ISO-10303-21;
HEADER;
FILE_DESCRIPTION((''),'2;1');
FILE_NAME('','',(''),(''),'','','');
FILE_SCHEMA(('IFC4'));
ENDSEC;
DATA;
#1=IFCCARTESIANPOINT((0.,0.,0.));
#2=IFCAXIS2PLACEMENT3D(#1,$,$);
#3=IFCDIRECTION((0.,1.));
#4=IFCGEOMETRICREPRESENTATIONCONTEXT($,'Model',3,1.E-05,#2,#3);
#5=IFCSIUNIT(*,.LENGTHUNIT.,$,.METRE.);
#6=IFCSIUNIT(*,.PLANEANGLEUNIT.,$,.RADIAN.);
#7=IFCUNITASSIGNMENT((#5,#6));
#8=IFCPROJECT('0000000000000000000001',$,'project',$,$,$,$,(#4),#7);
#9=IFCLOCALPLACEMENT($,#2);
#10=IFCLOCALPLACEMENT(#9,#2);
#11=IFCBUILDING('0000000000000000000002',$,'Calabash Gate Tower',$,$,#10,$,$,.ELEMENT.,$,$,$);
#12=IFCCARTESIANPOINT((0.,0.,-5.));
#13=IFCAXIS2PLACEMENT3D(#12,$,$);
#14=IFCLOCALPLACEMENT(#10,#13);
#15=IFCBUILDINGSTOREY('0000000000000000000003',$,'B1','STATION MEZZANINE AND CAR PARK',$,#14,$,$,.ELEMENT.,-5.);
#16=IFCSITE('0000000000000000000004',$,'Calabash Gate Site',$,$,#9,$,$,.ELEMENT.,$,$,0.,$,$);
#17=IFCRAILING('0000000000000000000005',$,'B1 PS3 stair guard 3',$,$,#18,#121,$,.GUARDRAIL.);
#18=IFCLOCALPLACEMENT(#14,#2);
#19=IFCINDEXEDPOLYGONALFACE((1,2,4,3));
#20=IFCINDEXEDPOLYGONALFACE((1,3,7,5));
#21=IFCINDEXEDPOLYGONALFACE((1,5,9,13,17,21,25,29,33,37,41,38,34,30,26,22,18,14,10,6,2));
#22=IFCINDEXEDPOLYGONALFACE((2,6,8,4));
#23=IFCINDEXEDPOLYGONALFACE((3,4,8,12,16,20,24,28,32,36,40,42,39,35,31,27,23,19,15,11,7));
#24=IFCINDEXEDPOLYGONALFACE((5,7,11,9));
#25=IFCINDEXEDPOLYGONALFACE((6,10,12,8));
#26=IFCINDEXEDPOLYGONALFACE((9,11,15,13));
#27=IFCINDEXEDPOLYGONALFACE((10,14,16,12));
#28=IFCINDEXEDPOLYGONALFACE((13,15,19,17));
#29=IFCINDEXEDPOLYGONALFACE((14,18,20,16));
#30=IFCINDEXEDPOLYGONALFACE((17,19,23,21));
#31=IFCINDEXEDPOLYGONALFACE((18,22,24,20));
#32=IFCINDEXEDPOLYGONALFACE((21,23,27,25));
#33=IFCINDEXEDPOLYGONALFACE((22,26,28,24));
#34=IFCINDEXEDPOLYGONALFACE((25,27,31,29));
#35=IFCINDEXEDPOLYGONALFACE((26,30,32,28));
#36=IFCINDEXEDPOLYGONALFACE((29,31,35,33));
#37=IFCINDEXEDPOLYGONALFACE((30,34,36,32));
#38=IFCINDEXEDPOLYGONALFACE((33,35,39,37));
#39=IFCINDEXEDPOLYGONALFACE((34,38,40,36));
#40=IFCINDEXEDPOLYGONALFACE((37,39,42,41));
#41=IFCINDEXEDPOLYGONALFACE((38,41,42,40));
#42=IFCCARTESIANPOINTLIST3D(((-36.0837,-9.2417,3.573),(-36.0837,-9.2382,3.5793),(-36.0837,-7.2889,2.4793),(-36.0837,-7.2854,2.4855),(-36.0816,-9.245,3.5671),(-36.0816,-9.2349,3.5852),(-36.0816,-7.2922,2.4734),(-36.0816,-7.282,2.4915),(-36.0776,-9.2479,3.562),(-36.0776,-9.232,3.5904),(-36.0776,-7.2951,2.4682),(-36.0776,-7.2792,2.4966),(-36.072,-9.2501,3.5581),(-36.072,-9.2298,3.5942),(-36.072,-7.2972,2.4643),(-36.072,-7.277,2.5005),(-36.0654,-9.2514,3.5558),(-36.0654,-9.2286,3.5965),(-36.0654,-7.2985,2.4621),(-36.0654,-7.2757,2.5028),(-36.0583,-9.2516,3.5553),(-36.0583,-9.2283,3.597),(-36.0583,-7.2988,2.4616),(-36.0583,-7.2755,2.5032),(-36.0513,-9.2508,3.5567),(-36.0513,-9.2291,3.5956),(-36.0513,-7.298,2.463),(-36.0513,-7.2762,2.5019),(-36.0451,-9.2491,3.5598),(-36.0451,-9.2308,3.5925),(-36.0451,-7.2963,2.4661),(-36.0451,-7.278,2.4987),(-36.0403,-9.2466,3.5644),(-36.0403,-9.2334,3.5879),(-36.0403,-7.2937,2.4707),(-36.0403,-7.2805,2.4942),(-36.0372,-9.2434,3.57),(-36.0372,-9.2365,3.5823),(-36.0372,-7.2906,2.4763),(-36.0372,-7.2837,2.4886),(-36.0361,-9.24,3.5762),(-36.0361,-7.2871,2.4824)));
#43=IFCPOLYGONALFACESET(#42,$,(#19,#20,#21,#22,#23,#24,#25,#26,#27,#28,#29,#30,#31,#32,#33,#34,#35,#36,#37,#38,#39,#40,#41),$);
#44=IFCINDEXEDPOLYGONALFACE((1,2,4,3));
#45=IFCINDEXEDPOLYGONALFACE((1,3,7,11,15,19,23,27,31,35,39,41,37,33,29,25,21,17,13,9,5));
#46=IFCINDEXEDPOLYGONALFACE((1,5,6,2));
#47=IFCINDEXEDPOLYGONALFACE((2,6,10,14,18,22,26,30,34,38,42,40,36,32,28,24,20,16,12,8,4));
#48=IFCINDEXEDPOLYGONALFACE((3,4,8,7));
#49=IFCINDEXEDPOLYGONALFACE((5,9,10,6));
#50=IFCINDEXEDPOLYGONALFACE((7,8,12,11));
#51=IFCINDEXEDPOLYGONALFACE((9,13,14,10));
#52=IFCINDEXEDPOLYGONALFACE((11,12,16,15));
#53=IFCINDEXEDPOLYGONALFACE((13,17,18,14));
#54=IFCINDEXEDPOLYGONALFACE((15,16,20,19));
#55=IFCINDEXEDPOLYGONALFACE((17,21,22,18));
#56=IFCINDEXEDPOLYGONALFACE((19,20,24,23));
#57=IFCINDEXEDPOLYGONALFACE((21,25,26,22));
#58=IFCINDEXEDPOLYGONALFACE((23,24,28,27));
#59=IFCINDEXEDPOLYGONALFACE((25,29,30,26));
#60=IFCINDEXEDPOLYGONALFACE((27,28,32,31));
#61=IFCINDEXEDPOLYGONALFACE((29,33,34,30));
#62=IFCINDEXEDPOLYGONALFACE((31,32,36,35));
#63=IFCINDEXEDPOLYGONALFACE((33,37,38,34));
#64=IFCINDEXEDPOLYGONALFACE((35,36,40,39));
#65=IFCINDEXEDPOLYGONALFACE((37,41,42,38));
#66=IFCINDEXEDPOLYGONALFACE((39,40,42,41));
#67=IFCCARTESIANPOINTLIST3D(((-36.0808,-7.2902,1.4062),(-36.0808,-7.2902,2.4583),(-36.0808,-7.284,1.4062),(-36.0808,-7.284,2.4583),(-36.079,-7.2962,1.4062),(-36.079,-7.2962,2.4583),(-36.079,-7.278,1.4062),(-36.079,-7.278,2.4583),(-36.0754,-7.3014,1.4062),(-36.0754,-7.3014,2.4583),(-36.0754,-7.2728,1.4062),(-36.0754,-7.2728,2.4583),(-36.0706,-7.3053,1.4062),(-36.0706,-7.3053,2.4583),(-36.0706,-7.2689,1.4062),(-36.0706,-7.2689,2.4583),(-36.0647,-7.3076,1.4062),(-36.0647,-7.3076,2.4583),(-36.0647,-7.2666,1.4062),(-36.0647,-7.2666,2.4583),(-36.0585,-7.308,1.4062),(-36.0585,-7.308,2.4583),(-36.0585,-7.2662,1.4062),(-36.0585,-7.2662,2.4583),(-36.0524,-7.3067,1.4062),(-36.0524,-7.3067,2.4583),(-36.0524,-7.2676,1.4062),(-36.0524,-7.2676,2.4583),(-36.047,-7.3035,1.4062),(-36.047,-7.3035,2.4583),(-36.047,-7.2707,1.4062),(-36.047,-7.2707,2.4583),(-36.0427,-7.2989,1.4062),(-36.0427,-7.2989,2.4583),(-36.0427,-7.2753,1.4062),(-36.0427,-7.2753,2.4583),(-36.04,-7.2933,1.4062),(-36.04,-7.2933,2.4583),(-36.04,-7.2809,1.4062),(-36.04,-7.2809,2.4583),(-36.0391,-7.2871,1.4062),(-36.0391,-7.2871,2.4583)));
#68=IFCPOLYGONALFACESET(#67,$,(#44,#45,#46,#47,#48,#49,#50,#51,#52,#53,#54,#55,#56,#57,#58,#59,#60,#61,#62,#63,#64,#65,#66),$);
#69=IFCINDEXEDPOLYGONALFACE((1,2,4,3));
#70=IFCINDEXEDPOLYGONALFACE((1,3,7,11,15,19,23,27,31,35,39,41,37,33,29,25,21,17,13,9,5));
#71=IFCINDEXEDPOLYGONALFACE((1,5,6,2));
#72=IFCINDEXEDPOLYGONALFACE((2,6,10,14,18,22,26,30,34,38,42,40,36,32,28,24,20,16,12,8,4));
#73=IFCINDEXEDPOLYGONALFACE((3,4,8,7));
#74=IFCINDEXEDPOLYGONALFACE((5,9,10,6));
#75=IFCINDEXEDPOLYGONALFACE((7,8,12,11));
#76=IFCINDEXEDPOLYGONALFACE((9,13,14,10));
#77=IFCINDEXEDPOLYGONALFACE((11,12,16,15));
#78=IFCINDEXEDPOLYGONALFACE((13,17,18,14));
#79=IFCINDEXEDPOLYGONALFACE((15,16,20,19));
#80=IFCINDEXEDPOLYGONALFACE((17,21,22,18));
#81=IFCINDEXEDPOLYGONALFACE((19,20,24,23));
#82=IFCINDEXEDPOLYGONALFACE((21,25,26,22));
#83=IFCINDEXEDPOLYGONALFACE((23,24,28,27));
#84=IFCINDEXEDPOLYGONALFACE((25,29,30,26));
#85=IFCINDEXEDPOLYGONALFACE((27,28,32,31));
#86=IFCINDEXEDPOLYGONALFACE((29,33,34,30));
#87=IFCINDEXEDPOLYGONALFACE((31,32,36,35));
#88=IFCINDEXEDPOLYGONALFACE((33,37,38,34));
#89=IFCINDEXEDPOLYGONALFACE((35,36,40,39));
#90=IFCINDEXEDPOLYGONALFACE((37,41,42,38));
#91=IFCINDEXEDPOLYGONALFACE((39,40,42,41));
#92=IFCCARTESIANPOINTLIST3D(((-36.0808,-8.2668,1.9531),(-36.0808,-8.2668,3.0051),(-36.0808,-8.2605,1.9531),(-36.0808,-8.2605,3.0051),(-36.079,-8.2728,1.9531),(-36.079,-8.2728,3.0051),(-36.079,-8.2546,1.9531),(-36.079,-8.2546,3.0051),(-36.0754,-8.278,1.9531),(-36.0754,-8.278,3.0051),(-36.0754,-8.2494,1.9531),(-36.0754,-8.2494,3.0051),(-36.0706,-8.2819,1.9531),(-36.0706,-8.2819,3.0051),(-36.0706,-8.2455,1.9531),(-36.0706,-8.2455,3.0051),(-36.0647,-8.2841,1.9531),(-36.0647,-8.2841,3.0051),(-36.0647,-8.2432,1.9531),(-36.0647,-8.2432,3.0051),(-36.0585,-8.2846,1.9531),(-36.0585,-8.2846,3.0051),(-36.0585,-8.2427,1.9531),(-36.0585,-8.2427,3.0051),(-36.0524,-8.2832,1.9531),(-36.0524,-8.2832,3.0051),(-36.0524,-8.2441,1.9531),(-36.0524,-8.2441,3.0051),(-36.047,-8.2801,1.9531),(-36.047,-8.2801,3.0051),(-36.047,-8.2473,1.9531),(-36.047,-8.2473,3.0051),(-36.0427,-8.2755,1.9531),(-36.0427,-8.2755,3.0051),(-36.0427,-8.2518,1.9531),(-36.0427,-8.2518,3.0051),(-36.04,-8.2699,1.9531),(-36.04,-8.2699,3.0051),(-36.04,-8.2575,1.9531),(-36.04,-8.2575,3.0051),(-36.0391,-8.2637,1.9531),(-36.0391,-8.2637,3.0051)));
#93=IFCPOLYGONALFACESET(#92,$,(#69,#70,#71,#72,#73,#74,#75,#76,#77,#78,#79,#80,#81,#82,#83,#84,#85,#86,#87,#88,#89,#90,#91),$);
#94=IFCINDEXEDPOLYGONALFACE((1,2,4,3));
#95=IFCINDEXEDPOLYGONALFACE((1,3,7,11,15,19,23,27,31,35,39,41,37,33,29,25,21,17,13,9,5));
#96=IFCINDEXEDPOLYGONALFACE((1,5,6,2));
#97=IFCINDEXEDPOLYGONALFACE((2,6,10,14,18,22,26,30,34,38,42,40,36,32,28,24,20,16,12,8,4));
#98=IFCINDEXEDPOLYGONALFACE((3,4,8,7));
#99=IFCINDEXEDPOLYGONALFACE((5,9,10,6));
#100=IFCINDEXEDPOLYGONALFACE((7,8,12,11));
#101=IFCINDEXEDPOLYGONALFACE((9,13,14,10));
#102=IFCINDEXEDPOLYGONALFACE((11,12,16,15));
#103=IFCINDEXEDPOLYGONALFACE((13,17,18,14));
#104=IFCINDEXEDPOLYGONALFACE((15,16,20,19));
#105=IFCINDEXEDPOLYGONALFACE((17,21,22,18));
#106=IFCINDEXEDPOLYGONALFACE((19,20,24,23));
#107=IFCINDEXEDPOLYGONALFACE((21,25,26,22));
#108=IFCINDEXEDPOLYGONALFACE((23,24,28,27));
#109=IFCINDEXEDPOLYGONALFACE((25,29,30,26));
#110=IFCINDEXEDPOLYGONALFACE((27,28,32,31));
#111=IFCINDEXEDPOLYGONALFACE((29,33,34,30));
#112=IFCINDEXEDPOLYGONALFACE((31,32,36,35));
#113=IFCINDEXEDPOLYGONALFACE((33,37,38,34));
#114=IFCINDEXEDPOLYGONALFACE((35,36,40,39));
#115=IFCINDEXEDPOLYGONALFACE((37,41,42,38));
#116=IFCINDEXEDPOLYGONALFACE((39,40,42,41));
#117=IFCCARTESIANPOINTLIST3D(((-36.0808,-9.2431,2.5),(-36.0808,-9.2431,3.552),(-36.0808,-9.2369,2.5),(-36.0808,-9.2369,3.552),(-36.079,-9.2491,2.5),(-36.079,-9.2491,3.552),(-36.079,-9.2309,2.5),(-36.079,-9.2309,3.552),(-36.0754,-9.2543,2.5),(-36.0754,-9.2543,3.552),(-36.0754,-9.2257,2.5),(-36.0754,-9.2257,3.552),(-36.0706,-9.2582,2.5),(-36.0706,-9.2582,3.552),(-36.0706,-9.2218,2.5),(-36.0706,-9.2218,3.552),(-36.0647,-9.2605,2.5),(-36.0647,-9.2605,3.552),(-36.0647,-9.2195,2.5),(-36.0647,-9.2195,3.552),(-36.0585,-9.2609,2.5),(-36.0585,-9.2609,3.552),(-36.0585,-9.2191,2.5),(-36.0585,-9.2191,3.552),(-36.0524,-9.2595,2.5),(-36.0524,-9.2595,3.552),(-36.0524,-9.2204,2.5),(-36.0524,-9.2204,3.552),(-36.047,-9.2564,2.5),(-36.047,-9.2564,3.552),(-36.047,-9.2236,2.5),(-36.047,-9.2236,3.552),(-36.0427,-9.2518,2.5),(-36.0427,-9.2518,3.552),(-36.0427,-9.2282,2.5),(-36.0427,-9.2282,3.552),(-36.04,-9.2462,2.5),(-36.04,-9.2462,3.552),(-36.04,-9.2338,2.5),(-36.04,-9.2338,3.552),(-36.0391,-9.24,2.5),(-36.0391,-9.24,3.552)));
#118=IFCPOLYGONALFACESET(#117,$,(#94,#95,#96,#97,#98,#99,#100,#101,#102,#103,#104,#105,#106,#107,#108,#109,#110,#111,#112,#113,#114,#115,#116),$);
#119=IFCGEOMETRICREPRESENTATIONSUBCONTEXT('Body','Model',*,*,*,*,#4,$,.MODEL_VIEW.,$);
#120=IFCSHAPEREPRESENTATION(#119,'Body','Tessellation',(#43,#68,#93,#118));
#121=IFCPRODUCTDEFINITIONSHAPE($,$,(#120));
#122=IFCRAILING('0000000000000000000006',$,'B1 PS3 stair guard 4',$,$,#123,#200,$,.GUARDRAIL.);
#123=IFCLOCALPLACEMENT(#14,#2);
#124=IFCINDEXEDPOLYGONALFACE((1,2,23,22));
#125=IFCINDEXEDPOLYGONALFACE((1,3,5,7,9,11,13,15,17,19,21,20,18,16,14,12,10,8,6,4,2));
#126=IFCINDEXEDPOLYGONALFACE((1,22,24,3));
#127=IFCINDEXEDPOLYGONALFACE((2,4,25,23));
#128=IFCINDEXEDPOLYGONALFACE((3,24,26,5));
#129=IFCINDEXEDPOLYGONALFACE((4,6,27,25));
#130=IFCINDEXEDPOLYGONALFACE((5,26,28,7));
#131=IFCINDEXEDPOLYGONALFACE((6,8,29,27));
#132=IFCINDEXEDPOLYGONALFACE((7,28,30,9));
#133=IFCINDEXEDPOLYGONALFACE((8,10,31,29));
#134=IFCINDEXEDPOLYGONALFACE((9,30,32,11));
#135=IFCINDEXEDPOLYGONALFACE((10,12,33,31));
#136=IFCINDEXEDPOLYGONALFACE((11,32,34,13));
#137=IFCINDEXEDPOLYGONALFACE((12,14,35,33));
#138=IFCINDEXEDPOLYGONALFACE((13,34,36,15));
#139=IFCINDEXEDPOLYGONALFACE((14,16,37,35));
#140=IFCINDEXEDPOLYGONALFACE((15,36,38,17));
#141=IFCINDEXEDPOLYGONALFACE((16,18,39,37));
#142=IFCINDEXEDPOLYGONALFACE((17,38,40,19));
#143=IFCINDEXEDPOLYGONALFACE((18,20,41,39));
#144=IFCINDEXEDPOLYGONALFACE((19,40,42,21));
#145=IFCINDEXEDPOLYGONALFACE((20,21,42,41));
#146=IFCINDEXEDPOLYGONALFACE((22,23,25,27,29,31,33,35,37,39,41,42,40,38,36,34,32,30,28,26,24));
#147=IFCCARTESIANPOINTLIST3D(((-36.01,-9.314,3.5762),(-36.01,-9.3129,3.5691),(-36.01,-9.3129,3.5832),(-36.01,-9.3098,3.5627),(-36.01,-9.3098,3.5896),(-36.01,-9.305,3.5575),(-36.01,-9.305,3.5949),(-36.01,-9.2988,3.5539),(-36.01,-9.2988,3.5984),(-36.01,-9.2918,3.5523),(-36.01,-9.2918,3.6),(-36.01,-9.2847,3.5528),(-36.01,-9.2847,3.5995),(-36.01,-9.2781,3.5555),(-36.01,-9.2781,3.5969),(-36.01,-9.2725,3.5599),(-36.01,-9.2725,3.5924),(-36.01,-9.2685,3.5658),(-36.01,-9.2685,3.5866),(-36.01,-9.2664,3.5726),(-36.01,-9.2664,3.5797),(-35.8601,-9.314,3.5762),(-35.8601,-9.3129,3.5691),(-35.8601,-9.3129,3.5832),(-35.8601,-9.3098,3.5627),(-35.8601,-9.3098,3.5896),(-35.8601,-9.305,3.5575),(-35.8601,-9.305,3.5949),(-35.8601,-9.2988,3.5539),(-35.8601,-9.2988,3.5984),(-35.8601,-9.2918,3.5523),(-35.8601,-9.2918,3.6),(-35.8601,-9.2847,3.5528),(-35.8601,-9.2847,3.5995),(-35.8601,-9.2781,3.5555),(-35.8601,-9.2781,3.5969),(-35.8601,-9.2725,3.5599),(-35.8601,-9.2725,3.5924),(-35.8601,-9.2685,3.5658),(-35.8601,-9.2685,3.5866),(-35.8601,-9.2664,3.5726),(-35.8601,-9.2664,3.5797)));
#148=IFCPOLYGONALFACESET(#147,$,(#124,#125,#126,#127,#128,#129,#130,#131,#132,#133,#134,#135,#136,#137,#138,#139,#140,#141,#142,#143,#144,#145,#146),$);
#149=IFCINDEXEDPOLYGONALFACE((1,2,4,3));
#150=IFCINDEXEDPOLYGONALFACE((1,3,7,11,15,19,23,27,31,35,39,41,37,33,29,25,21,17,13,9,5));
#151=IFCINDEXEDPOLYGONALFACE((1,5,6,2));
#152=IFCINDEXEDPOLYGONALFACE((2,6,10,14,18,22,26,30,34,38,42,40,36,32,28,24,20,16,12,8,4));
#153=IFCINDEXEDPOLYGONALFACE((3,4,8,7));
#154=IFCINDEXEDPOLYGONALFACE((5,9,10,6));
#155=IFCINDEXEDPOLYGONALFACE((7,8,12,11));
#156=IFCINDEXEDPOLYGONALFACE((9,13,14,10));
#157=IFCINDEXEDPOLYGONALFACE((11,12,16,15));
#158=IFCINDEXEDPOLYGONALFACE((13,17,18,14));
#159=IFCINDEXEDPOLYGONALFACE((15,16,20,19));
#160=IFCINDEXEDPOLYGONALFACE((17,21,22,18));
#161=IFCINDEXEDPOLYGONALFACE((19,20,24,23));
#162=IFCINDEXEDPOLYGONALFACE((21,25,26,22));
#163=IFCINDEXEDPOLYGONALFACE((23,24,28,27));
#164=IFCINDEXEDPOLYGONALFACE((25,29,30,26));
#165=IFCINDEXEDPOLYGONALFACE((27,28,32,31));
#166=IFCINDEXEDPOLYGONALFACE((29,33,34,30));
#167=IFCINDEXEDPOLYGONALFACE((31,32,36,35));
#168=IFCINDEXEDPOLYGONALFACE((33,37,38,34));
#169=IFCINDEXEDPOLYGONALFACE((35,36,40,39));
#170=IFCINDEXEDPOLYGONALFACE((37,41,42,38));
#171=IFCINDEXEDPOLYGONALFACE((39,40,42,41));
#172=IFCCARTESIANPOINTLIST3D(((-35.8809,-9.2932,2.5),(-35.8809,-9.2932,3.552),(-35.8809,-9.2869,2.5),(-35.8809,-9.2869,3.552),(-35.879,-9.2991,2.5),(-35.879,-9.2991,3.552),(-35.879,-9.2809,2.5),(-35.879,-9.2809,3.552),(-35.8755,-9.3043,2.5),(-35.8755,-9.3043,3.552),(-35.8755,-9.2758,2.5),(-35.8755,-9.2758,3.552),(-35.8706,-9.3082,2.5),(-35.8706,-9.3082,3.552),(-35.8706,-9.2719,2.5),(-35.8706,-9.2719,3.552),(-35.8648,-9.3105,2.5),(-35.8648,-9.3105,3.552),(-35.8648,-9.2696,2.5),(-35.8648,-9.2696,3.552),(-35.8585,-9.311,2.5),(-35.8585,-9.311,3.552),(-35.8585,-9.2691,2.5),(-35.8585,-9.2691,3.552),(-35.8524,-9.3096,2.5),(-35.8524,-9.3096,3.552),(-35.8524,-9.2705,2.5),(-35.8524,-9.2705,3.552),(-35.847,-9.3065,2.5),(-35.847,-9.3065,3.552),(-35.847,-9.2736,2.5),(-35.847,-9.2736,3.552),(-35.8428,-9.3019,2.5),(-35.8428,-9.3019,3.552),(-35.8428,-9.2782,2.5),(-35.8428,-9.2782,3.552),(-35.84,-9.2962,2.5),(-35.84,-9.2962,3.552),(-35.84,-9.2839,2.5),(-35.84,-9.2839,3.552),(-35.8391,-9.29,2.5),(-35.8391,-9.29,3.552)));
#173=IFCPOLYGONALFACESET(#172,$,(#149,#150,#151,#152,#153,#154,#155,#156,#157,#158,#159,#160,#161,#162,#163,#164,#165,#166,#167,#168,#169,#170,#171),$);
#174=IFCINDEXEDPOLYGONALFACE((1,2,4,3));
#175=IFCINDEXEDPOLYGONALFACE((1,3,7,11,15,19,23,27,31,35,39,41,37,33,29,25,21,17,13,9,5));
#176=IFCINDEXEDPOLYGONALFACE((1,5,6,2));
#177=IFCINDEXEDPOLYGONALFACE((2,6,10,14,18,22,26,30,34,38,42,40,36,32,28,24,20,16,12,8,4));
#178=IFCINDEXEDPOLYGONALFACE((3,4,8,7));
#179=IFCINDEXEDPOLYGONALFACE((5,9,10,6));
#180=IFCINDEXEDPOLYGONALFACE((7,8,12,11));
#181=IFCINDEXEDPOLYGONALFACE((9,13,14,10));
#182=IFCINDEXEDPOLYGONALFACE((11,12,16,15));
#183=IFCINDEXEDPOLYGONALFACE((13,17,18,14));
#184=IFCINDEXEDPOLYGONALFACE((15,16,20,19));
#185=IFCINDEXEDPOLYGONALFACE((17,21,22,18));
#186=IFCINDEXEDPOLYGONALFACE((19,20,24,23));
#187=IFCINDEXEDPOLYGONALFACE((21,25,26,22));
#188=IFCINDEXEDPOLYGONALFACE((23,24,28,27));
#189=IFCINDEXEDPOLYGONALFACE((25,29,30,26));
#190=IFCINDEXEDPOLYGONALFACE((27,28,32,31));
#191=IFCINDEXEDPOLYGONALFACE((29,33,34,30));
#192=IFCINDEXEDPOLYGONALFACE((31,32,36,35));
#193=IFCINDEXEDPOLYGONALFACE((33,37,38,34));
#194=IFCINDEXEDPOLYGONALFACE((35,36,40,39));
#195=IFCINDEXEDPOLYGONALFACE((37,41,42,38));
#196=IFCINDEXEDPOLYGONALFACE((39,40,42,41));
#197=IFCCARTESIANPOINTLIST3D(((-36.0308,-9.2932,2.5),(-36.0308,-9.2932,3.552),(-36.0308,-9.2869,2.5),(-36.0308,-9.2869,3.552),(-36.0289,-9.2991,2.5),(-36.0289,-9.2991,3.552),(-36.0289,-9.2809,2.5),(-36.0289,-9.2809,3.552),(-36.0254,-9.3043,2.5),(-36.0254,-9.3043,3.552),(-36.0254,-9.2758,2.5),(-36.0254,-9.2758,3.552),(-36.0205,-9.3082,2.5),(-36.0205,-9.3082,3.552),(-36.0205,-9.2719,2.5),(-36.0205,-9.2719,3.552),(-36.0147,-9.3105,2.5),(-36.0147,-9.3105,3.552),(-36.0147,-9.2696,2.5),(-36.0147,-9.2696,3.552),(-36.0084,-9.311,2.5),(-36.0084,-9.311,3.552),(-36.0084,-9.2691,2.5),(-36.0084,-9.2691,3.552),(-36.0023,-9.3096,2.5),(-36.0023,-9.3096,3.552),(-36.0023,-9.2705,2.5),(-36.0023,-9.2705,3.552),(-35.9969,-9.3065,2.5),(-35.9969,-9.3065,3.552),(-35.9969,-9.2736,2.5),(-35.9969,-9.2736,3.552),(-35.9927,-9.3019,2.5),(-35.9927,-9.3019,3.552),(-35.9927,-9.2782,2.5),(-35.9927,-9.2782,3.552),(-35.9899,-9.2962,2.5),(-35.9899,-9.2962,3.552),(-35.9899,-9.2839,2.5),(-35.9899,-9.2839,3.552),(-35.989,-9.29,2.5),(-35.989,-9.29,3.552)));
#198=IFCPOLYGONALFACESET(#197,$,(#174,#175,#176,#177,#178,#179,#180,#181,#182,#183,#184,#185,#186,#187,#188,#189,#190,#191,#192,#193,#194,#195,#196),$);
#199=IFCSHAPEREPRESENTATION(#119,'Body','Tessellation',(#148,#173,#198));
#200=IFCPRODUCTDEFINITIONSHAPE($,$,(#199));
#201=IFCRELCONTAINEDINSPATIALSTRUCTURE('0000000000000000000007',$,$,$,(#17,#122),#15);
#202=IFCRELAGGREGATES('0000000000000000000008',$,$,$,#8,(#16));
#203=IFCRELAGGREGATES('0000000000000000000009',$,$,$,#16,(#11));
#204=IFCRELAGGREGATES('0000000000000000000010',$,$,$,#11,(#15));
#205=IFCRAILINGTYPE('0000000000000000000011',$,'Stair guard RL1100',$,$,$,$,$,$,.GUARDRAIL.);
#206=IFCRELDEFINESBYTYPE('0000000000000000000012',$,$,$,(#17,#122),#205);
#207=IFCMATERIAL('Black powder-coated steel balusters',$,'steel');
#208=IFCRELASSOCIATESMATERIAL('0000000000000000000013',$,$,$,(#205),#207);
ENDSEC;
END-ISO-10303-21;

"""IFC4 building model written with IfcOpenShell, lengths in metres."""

from ifc_helpers import new_model, si_unit, direction, frame, origin, origin_2d, place, context, subcontext, project, spatial, circle, extrude, material, type_object, element, save


model = new_model("IFC4")

# Units and contexts
model_context = context("Model", 3, precision=1e-05, world=origin(), true_north=direction((0.0, 1.0)))
body_context = subcontext(model_context, "Body", "Model", "MODEL_VIEW")
ifc_project = project(units=[si_unit("LENGTHUNIT", "METRE"), si_unit("PLANEANGLEUNIT", "RADIAN")], contexts=[model_context])

# Site, building, storey
site_placement = place(None, origin())
site = spatial("IfcSite", under=ifc_project, at=site_placement, Name="Calabash Gate Site", CompositionType="ELEMENT", RefElevation=0.0)
building_placement = place(site_placement, origin())
building = spatial("IfcBuilding", under=site, at=building_placement, Name="Calabash Gate Tower", CompositionType="ELEMENT")
storey_placement = place(building_placement, frame((0.0, 0.0, -5.0)))
storey = spatial("IfcBuildingStorey", under=building, at=storey_placement, Name="B1", Description="STATION MEZZANINE AND CAR PARK", CompositionType="ELEMENT", Elevation=-5.0)

# Railings
ifc_material_1 = material(Name="Black powder-coated steel balusters", Category="steel")
railing_type_1 = type_object("IfcRailingType", Name="Stair guard RL1100", PredefinedType="GUARDRAIL", material=ifc_material_1)
railing_1_placement = place(storey_placement, frame((-36.0601, -7.2871, 1.4062)))
element("IfcRailing", 1, at=railing_1_placement, inside=storey, type_object=railing_type_1, Name="B1 PS3 stair guard 3", PredefinedType="GUARDRAIL", context=body_context, shape_type="SweptSolid", body=[
    extrude(circle(Radius=0.0239, at=origin_2d()), frame((0.0, 0.0, 1.0762), z_axis=(0.0, -0.87248, 0.48865), x_axis=(1.0, 0.0, 0.0)), (0.0, 0.0, 1.0), 2.2383),
    extrude(circle(Radius=0.021, at=origin_2d()), origin(), (0.0, 0.0, 1.0), 1.052),
    extrude(circle(Radius=0.021, at=origin_2d()), frame((0.0, -0.9766, 0.5469)), (0.0, 0.0, 1.0), 1.052),
    extrude(circle(Radius=0.021, at=origin_2d()), frame((0.0, -1.9529, 1.0938)), (0.0, 0.0, 1.0), 1.052),
])
railing_2_placement = place(storey_placement, frame((-35.8601, -9.29, 2.5)))
element("IfcRailing", 2, at=railing_2_placement, inside=storey, type_object=railing_type_1, Name="B1 PS3 stair guard 4", PredefinedType="GUARDRAIL", context=body_context, shape_type="SweptSolid", body=[
    extrude(circle(Radius=0.0239, at=origin_2d()), frame((0.0, 0.0, 1.0762), z_axis=(-1.0, 0.0, 0.0), x_axis=(0.0, -1.0, 0.0)), (0.0, 0.0, 1.0), 0.1499),
    extrude(circle(Radius=0.021, at=origin_2d()), origin(), (0.0, 0.0, 1.0), 1.052),
    extrude(circle(Radius=0.021, at=origin_2d()), frame((-0.1499, 0.0, 0.0)), (0.0, 0.0, 1.0), 1.052),
])

save(model, "model.ifc")
